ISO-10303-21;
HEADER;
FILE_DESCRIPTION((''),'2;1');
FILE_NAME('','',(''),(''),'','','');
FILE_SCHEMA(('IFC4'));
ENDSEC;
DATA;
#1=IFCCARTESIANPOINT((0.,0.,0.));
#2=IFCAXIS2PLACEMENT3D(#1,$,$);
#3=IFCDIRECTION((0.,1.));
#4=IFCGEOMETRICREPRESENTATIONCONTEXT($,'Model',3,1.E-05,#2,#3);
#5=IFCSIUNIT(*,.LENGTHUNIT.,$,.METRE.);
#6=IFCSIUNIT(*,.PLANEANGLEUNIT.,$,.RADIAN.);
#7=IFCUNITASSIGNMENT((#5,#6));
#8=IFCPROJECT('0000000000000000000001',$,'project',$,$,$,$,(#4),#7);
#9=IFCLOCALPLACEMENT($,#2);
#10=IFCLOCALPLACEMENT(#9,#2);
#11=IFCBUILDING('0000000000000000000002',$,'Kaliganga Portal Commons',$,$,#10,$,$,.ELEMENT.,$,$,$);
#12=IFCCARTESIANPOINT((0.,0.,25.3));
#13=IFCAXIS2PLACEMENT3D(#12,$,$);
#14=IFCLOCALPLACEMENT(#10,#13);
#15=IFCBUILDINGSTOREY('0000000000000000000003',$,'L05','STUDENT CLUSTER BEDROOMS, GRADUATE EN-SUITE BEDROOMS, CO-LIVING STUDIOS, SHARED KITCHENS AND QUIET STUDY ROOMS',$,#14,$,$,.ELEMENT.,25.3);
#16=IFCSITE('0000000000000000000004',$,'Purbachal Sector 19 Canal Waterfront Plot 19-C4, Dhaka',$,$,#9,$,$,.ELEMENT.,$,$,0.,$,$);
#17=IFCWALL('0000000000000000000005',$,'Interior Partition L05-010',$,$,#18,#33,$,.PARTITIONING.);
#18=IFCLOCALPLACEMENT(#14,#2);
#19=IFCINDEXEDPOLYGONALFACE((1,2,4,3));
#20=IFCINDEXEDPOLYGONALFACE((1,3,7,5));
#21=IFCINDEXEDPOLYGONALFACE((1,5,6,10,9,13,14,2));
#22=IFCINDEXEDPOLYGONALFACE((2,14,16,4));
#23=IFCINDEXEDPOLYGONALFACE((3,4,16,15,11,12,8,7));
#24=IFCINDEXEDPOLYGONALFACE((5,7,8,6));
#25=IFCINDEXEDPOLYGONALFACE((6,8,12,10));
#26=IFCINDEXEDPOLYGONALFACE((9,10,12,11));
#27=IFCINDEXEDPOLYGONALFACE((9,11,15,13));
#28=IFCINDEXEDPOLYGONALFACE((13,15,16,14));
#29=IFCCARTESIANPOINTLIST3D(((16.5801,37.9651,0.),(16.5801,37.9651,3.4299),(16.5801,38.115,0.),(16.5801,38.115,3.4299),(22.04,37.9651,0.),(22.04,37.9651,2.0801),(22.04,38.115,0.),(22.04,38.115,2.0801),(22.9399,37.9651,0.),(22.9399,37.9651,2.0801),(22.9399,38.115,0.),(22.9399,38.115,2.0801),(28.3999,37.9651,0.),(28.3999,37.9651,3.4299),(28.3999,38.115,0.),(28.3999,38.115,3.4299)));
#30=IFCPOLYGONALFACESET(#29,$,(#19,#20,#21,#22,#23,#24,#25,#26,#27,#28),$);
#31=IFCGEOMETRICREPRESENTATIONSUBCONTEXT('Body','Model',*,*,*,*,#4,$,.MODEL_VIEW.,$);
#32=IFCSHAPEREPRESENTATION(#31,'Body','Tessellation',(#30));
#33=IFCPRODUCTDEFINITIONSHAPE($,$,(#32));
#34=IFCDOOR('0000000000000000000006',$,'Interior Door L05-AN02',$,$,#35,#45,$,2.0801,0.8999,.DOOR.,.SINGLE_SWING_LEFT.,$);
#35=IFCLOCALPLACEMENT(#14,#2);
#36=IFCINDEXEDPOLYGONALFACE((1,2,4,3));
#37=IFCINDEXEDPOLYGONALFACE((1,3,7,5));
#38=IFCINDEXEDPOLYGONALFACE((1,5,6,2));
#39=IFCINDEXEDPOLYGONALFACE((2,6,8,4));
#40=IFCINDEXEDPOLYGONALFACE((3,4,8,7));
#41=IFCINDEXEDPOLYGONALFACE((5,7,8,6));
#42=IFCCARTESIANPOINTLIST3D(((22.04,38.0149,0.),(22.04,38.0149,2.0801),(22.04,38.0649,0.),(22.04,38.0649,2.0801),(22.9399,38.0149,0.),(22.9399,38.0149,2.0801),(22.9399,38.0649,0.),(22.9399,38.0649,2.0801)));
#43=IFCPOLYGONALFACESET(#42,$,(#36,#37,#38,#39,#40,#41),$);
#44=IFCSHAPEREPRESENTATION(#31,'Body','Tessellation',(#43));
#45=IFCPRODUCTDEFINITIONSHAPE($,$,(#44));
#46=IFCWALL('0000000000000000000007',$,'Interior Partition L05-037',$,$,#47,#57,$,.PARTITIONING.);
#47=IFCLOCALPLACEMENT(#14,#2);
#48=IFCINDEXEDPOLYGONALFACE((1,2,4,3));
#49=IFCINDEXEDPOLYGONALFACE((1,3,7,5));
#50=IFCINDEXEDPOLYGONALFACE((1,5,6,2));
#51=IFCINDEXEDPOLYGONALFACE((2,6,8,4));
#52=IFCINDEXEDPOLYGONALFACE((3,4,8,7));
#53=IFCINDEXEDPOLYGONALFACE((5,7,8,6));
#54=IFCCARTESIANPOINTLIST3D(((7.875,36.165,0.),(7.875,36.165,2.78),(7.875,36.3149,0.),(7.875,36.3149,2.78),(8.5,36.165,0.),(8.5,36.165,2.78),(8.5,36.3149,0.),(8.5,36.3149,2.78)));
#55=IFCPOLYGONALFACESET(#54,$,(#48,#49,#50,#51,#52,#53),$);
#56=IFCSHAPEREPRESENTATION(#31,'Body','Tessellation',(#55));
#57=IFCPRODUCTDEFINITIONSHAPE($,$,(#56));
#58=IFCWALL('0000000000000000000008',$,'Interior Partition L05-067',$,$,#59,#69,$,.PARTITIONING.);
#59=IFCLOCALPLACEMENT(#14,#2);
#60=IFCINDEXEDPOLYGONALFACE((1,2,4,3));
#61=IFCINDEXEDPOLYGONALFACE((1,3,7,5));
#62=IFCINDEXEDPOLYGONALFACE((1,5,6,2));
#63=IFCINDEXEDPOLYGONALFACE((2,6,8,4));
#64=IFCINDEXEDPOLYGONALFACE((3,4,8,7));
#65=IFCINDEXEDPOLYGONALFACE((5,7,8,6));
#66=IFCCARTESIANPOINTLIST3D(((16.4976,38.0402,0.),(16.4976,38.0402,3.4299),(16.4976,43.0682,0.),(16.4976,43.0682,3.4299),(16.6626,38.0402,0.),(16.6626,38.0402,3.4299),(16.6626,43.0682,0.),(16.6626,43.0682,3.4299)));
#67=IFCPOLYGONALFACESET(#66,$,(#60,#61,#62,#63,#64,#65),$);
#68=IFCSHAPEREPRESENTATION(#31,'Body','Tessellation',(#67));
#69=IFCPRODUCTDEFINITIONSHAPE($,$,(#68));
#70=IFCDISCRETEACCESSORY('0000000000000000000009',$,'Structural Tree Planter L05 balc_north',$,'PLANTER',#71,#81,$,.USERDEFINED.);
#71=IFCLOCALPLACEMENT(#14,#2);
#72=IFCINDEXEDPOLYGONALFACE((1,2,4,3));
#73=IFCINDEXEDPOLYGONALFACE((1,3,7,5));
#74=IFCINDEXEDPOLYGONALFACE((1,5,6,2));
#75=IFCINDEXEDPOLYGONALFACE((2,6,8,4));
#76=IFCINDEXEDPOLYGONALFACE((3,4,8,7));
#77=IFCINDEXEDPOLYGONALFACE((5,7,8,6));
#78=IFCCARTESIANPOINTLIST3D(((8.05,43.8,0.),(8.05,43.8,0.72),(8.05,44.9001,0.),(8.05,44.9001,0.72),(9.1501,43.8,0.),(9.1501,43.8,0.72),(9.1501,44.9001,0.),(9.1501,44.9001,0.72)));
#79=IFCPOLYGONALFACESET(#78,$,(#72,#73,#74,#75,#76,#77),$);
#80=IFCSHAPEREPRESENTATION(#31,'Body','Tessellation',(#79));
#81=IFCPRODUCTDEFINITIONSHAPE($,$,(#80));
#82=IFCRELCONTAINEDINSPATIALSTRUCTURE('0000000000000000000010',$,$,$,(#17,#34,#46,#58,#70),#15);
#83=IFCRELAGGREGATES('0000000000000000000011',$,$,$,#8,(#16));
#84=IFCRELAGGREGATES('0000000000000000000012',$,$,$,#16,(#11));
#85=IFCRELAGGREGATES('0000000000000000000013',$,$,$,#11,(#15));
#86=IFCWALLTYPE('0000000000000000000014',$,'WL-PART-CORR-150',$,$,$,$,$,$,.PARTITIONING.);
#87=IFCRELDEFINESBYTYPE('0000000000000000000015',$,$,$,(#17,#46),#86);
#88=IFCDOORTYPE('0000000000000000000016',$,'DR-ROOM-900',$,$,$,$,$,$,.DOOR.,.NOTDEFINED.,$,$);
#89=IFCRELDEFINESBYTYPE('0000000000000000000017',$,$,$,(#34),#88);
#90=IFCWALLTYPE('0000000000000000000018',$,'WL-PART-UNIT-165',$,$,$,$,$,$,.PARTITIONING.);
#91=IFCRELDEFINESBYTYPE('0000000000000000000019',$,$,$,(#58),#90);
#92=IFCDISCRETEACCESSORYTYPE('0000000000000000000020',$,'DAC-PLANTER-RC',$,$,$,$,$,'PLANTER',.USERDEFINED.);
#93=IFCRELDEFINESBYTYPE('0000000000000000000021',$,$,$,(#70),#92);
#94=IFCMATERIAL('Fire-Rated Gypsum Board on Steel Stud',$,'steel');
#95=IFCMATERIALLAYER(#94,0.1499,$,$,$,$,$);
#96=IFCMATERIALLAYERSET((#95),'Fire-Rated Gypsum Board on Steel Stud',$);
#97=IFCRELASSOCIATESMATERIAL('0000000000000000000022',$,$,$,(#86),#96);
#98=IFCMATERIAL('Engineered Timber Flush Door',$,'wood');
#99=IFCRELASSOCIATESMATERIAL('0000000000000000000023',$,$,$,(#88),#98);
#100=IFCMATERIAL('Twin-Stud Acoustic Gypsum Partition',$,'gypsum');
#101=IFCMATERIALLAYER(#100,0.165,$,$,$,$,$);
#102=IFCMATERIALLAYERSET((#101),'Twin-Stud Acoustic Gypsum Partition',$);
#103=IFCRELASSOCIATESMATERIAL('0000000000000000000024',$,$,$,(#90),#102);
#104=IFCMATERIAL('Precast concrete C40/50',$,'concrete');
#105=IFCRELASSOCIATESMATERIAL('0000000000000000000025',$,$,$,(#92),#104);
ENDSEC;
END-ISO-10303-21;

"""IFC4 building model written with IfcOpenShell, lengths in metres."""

from ifc_helpers import new_model, si_unit, direction, frame, frame_2d, origin, origin_2d, place, context, subcontext, project, spatial, rectangle, extrude, source, transform, mapped, material, layer, layer_set, type_object, element, fill, save


model = new_model("IFC4")

# Units and contexts
model_context = context("Model", 3, precision=1e-05, world=origin(), true_north=direction((0.0, 1.0)))
body_context = subcontext(model_context, "Body", "Model", "MODEL_VIEW")
ifc_project = project(units=[si_unit("LENGTHUNIT", "METRE"), si_unit("PLANEANGLEUNIT", "RADIAN")], contexts=[model_context])

# Site, building, storey
site_placement = place(None, origin())
site = spatial("IfcSite", under=ifc_project, at=site_placement, Name="Purbachal Sector 19 Canal Waterfront Plot 19-C4, Dhaka", CompositionType="ELEMENT", RefElevation=0.0)
building_placement = place(site_placement, origin())
building = spatial("IfcBuilding", under=site, at=building_placement, Name="Kaliganga Portal Commons", CompositionType="ELEMENT")
storey_placement = place(building_placement, frame((0.0, 0.0, 25.3)))
storey = spatial("IfcBuildingStorey", under=building, at=storey_placement, Name="L05", Description="STUDENT CLUSTER BEDROOMS, GRADUATE EN-SUITE BEDROOMS, CO-LIVING STUDIOS, SHARED KITCHENS AND QUIET STUDY ROOMS", CompositionType="ELEMENT", Elevation=25.3)

# Wall, opening, door
ifc_material_1 = material(Name="Fire-Rated Gypsum Board on Steel Stud", Category="steel")
ifc_layer_1 = layer(ifc_material_1, 0.1499)
ifc_layer_set_1 = layer_set([ifc_layer_1], Name="Fire-Rated Gypsum Board on Steel Stud")
wall_type_1 = type_object("IfcWallType", Name="WL-PART-CORR-150", PredefinedType="PARTITIONING", material=ifc_layer_set_1)
wall_1_placement = place(storey_placement, frame((16.5801, 38.04, 0.0), z_axis=(0.0, 0.0, 1.0), x_axis=(1.0, 0.0, 0.0)))
wall_1 = element("IfcWall", 1, at=wall_1_placement, inside=storey, type_object=wall_type_1, Name="Interior Partition L05-010", PredefinedType="PARTITIONING", context=body_context, shape_type="SweptSolid", body=[
    extrude(rectangle(XDim=11.8198, YDim=0.1499, at=frame_2d((5.9099, 0.0))), origin(), (0.0, 0.0, 1.0), 3.4299),
])
opening_1_placement = place(wall_1_placement, frame((5.46, 0.0, 0.0)))
opening_1 = element("IfcOpeningElement", 2, at=opening_1_placement, cuts=wall_1, PredefinedType="OPENING", context=body_context, shape_type="SweptSolid", body=[
    extrude(rectangle(XDim=0.8999, YDim=2.0801, at=frame_2d((0.45, 1.04))), frame((0.0, 0.085, 0.0), z_axis=(0.0, -1.0, 0.0), x_axis=(1.0, 0.0, 0.0)), (0.0, 0.0, 1.0), 0.1699),
])
ifc_material_2 = material(Name="Engineered Timber Flush Door", Category="wood")
door_type_1 = type_object("IfcDoorType", Name="DR-ROOM-900", OperationType="NOTDEFINED", PredefinedType="DOOR", material=ifc_material_2)
door_1_placement = place(opening_1_placement, origin())
door_1 = element("IfcDoor", 3, at=door_1_placement, inside=storey, type_object=door_type_1, Name="Interior Door L05-AN02", OperationType="SINGLE_SWING_LEFT", OverallHeight=2.0801, OverallWidth=0.8999, PredefinedType="DOOR", context=body_context, shape_type="SweptSolid", body=[
    extrude(rectangle(XDim=0.8999, YDim=2.0801, at=frame_2d((0.45, 1.04))), frame((0.0, 0.0249, 0.0), z_axis=(0.0, -1.0, 0.0), x_axis=(1.0, 0.0, 0.0)), (0.0, 0.0, 1.0), 0.05),
])
fill(opening_1, door_1)

# Walls
wall_2_placement = place(storey_placement, frame((7.875, 36.24, 0.0), z_axis=(0.0, 0.0, 1.0), x_axis=(1.0, 0.0, 0.0)))
element("IfcWall", 4, at=wall_2_placement, inside=storey, type_object=wall_type_1, Name="Interior Partition L05-037", PredefinedType="PARTITIONING", context=body_context, shape_type="SweptSolid", body=[
    extrude(rectangle(XDim=0.625, YDim=0.1499, at=frame_2d((0.3125, 0.0))), origin(), (0.0, 0.0, 1.0), 2.78),
])
ifc_material_3 = material(Name="Twin-Stud Acoustic Gypsum Partition", Category="gypsum")
ifc_layer_2 = layer(ifc_material_3, 0.165)
ifc_layer_set_2 = layer_set([ifc_layer_2], Name="Twin-Stud Acoustic Gypsum Partition")
wall_type_2 = type_object("IfcWallType", Name="WL-PART-UNIT-165", PredefinedType="PARTITIONING", material=ifc_layer_set_2)
wall_3_placement = place(storey_placement, frame((16.5801, 38.04, 0.0), z_axis=(0.0, 0.0, 1.0), x_axis=(0.0, 1.0, 0.0)))
element("IfcWall", 5, at=wall_3_placement, inside=storey, type_object=wall_type_2, Name="Interior Partition L05-067", PredefinedType="PARTITIONING", context=body_context, shape_type="SweptSolid", body=[
    extrude(rectangle(XDim=5.0281, YDim=0.165, at=frame_2d((2.5142, 0.0))), origin(), (0.0, 0.0, 1.0), 3.4299),
])

# Discrete accessory
ifc_material_4 = material(Name="Precast concrete C40/50", Category="concrete")
discrete_accessory_type = type_object("IfcDiscreteAccessoryType", Name="DAC-PLANTER-RC", ElementType="PLANTER", PredefinedType="USERDEFINED", material=ifc_material_4)
shared_shape_1 = source(origin(), body_context, "Body", "SweptSolid", [
    extrude(rectangle(XDim=1.1001, YDim=1.1001, at=origin_2d()), origin(), (0.0, 0.0, 1.0), 0.72),
])
discrete_accessory_placement = place(storey_placement, frame((8.6001, 44.3501, 0.0), z_axis=(0.0, 0.0, 1.0), x_axis=(1.0, 0.0, 0.0)))
element("IfcDiscreteAccessory", 6, at=discrete_accessory_placement, inside=storey, type_object=discrete_accessory_type, Name="Structural Tree Planter L05 balc_north", ObjectType="PLANTER", PredefinedType="USERDEFINED", context=body_context, shape_type="MappedRepresentation", body=[
    mapped(shared_shape_1, transform((0.0, 0.0, 0.0), x_axis=(1.0, 0.0, 0.0), y_axis=(0.0, 1.0, 0.0), z_axis=(0.0, 0.0, 1.0), scale=1.0)),
])

save(model, "model.ifc")
